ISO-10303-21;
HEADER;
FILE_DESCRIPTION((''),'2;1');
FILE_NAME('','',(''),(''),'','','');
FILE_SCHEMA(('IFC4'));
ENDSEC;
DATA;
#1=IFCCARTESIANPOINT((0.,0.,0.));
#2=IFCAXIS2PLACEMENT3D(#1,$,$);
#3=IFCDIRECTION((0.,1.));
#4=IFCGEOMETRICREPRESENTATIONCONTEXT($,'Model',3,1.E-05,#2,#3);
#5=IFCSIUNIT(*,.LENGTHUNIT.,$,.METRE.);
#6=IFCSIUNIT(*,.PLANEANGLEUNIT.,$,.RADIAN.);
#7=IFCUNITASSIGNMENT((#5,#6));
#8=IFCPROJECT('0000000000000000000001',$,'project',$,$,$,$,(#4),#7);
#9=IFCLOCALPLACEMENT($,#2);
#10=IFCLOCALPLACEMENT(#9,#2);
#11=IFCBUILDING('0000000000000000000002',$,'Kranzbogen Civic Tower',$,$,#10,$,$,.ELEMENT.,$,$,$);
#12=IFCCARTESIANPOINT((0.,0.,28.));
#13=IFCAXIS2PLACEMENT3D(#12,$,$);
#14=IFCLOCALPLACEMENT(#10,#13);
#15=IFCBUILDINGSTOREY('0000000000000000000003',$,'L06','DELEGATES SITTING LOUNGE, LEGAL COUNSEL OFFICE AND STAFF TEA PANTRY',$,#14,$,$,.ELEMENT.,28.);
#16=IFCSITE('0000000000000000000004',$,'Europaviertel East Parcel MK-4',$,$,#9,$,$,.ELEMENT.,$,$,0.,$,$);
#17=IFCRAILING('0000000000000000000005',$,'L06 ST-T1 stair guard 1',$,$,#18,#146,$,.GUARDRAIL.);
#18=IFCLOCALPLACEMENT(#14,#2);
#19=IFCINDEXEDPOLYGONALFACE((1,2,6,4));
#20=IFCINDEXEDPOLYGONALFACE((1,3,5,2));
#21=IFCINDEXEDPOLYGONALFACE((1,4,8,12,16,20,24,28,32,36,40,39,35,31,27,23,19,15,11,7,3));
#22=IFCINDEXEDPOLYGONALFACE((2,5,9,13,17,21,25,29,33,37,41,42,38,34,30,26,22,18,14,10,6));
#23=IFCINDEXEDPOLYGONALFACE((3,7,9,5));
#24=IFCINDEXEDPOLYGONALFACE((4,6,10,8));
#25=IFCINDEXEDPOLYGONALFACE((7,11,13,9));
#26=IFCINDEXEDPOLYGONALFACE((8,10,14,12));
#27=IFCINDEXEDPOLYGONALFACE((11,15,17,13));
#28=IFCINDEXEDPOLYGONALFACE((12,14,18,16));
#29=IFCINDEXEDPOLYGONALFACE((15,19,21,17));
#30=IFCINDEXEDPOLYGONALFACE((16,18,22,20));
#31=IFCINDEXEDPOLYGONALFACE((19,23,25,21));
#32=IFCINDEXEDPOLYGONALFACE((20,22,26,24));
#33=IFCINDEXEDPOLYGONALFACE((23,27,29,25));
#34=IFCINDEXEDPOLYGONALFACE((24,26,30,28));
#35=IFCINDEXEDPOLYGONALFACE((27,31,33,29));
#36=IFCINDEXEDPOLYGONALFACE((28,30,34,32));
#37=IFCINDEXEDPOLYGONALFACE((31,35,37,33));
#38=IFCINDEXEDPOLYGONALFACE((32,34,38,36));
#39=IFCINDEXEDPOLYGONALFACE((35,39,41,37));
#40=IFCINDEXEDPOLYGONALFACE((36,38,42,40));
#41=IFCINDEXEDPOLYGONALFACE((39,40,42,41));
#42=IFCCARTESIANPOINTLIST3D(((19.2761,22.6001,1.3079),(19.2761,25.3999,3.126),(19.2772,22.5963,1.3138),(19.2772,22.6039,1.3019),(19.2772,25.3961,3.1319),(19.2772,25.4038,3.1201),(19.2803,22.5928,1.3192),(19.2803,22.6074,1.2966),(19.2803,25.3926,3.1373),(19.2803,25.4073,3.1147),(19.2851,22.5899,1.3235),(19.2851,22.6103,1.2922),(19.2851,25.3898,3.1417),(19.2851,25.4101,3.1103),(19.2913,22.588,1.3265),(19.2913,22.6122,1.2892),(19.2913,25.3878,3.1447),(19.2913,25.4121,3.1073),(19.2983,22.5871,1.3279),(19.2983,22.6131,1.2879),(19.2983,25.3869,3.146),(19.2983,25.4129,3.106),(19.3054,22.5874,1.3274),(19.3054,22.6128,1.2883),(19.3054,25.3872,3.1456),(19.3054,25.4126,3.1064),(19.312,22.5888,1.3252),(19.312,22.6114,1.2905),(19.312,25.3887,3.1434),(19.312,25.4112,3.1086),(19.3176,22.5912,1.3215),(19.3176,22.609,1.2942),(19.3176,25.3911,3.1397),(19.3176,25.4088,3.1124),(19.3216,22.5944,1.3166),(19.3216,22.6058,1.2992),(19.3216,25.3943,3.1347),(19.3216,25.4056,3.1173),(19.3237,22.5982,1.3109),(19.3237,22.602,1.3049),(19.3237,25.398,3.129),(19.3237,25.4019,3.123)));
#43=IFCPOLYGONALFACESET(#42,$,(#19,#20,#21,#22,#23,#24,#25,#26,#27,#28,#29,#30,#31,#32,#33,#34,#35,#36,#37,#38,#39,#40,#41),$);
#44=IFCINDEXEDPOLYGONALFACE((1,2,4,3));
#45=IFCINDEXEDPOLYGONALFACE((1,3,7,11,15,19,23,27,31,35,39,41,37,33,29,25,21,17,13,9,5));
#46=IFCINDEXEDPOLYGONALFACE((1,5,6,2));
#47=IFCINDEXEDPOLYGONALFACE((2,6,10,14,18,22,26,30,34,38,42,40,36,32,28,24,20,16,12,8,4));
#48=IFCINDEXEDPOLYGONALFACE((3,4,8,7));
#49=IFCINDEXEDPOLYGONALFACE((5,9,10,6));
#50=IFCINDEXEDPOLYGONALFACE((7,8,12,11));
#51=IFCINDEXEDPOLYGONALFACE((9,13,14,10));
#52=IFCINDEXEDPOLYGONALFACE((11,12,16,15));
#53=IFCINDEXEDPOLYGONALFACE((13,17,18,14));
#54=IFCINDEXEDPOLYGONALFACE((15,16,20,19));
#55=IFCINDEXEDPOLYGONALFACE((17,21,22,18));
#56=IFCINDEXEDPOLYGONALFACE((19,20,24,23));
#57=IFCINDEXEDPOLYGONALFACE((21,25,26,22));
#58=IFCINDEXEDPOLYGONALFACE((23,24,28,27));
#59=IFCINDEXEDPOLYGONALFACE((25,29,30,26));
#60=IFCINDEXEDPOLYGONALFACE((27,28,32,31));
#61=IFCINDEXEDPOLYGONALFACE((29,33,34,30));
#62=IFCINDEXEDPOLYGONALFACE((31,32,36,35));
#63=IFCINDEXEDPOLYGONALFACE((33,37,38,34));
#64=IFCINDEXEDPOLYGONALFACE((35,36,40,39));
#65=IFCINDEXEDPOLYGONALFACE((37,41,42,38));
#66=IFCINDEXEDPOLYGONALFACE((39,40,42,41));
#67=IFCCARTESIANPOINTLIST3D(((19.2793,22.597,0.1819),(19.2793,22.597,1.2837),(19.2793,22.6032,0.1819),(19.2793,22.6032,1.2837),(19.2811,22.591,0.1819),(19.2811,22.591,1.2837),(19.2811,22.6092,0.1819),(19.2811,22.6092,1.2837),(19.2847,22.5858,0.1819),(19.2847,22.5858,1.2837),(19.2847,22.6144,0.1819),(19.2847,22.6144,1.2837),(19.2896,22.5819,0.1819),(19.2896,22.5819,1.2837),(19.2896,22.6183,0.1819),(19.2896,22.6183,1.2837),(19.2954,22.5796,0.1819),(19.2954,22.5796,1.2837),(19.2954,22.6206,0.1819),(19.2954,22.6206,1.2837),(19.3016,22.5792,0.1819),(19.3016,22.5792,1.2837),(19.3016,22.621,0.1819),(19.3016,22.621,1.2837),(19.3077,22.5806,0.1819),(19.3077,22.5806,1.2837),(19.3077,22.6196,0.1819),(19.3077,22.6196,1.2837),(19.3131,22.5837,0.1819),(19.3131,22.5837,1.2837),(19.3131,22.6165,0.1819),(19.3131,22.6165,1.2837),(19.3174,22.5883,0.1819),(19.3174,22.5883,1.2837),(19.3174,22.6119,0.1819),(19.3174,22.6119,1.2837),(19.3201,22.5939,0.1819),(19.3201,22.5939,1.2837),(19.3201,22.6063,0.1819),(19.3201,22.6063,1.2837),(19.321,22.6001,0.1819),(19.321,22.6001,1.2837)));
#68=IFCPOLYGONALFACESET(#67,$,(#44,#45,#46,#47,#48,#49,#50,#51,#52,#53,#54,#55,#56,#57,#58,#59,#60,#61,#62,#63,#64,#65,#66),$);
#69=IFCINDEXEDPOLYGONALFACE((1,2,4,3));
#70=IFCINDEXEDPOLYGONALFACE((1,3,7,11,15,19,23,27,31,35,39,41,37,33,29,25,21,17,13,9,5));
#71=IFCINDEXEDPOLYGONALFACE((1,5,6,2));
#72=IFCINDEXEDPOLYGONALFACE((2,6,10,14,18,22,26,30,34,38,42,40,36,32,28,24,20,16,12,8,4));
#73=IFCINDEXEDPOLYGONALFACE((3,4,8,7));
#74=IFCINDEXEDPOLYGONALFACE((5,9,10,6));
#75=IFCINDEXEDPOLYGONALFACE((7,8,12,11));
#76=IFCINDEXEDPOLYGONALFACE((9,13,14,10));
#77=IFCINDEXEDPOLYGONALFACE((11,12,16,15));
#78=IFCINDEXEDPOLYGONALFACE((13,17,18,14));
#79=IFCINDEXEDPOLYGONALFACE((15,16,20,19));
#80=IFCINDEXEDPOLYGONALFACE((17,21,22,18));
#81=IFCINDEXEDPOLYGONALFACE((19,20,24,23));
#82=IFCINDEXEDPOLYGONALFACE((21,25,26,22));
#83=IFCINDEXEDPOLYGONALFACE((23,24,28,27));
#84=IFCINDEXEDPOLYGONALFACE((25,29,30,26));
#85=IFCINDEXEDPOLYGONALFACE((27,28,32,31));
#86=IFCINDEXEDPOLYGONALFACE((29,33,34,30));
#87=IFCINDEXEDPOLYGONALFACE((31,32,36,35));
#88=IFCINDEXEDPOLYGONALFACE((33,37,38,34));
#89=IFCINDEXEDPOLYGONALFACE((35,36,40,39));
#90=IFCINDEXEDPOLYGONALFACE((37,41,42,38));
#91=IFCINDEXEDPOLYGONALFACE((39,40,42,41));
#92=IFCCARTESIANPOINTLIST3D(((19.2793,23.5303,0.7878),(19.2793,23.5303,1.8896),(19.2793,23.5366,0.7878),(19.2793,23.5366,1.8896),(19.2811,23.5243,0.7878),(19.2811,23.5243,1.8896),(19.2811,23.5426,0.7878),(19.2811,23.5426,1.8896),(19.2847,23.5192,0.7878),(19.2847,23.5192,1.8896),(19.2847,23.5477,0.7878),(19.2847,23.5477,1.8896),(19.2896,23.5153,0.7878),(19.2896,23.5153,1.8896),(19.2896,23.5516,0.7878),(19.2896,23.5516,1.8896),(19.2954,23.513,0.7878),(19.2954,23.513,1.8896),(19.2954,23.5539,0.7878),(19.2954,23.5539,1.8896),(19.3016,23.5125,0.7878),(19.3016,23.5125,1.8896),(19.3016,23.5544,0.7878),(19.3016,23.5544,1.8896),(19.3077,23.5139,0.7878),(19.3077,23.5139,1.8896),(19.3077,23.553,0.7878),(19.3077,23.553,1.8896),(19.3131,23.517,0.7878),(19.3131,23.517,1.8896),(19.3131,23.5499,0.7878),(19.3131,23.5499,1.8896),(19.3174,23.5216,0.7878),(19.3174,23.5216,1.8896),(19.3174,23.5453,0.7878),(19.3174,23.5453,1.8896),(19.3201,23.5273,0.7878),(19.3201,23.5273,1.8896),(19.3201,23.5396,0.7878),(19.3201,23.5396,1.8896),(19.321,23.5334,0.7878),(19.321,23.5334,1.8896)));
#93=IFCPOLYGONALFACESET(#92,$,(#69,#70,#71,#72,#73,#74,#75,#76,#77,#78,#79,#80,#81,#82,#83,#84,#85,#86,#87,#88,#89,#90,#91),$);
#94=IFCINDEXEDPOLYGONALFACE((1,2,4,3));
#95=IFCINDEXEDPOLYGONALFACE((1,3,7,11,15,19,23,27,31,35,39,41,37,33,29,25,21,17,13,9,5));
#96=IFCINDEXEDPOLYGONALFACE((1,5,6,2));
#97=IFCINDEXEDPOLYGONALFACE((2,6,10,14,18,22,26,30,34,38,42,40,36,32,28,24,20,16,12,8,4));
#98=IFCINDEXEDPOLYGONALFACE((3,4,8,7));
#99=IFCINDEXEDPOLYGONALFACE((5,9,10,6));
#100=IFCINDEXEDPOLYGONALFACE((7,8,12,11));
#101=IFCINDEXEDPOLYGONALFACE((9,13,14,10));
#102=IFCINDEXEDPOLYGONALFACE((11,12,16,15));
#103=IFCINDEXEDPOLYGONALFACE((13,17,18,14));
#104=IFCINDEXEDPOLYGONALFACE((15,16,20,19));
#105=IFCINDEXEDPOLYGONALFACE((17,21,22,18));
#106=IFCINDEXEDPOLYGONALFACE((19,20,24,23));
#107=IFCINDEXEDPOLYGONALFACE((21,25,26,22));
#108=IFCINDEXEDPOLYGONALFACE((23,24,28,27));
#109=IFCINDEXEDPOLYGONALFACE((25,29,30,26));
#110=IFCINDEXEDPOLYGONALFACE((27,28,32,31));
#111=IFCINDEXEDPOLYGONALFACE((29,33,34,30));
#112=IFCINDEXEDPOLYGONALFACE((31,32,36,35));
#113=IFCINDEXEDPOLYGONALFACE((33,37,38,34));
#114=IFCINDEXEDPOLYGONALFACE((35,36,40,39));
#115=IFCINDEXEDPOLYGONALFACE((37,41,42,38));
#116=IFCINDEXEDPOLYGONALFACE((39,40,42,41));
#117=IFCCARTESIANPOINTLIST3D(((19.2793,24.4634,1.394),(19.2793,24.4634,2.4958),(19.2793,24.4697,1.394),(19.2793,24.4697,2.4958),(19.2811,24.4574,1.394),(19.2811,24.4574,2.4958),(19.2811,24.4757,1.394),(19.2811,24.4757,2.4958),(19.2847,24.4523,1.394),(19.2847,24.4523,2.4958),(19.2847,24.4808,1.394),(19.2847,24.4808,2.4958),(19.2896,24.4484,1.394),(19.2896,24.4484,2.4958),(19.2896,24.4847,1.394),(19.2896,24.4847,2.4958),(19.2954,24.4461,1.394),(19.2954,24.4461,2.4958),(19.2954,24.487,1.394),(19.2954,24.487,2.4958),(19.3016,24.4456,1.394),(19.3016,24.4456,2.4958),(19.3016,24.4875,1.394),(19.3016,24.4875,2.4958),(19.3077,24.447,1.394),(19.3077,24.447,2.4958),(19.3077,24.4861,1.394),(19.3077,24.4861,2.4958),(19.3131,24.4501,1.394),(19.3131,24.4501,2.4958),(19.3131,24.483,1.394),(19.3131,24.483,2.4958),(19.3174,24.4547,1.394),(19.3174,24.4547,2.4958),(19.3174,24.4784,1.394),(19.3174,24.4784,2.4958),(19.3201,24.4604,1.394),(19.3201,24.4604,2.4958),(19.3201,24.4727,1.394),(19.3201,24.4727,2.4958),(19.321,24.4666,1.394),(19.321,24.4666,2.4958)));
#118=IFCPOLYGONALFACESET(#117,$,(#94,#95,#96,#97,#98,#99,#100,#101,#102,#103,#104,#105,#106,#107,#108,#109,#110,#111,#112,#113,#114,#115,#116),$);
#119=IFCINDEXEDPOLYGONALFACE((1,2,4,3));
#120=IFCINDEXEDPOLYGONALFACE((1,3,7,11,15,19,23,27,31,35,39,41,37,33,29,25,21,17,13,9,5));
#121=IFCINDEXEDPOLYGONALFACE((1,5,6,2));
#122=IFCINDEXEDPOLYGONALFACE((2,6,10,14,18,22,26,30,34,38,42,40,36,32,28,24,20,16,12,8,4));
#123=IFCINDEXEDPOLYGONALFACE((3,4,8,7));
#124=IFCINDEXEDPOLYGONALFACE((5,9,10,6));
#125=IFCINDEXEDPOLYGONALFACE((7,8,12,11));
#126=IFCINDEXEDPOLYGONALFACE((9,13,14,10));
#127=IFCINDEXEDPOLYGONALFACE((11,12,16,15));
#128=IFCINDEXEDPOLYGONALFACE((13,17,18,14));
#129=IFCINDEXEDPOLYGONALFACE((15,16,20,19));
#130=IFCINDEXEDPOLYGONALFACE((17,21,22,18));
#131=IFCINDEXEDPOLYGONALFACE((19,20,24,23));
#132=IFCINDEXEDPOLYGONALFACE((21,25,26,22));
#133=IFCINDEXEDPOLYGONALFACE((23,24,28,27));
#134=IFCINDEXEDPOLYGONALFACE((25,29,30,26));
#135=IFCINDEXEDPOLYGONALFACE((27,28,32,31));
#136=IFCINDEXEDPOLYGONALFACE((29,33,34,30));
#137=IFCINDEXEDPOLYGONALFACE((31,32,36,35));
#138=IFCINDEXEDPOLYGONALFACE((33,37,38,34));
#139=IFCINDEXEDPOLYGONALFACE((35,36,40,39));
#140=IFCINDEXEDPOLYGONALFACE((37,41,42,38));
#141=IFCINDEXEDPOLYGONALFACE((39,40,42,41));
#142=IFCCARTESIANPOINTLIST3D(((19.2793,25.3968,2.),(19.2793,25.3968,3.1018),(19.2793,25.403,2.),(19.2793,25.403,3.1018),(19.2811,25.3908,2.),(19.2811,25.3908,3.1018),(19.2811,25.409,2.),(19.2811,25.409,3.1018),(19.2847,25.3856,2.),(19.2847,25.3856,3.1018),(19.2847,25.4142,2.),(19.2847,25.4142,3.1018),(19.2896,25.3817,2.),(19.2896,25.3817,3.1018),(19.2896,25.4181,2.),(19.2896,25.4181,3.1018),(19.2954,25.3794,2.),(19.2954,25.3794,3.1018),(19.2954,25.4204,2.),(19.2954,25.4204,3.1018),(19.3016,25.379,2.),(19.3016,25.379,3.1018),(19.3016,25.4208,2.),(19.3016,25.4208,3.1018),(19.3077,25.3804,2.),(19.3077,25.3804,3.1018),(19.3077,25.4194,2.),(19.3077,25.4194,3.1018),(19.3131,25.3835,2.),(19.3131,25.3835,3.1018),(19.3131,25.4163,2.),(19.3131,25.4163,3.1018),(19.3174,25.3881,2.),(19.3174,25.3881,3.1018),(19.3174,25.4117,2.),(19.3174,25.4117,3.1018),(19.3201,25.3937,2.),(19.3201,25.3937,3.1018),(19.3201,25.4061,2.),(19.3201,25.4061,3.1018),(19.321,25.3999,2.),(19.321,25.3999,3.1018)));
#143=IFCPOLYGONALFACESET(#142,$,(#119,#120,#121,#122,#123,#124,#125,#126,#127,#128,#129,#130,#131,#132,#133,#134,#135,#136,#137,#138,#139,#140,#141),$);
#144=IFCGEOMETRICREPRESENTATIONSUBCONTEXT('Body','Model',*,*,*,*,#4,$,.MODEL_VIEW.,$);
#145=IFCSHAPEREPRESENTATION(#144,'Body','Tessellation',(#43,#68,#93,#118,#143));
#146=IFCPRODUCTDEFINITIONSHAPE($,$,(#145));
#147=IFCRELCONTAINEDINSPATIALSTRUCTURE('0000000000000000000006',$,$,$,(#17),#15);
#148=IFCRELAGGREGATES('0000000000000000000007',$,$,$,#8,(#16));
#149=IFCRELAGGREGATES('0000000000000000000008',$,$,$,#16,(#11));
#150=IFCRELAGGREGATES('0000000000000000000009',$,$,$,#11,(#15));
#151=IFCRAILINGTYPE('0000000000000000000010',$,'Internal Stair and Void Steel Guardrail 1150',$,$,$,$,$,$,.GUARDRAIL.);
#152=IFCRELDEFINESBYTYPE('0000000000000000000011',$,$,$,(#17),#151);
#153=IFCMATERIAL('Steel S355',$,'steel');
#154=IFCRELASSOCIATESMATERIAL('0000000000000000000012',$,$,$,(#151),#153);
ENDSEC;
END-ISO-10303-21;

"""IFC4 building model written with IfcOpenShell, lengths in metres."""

from ifc_helpers import new_model, si_unit, direction, frame, origin, origin_2d, place, context, subcontext, project, spatial, circle, extrude, material, type_object, element, save


model = new_model("IFC4")

# Units and contexts
model_context = context("Model", 3, precision=1e-05, world=origin(), true_north=direction((0.0, 1.0)))
body_context = subcontext(model_context, "Body", "Model", "MODEL_VIEW")
ifc_project = project(units=[si_unit("LENGTHUNIT", "METRE"), si_unit("PLANEANGLEUNIT", "RADIAN")], contexts=[model_context])

# Site, building, storey
site_placement = place(None, origin())
site = spatial("IfcSite", under=ifc_project, at=site_placement, Name="Europaviertel East Parcel MK-4", CompositionType="ELEMENT", RefElevation=0.0)
building_placement = place(site_placement, origin())
building = spatial("IfcBuilding", under=site, at=building_placement, Name="Kranzbogen Civic Tower", CompositionType="ELEMENT")
storey_placement = place(building_placement, frame((0.0, 0.0, 28.0)))
storey = spatial("IfcBuildingStorey", under=building, at=storey_placement, Name="L06", Description="DELEGATES SITTING LOUNGE, LEGAL COUNSEL OFFICE AND STAFF TEA PANTRY", CompositionType="ELEMENT", Elevation=28.0)

# Shared definitions
ifc_material_1 = material(Name="Steel S355", Category="steel")

# Railing
railing_type_1 = type_object("IfcRailingType", Name="Internal Stair and Void Steel Guardrail 1150", PredefinedType="GUARDRAIL", material=ifc_material_1)
railing_1_placement = place(storey_placement, frame((19.3, 22.6001, 0.1819)))
element("IfcRailing", 1, at=railing_1_placement, inside=storey, type_object=railing_type_1, Name="L06 ST-T1 stair guard 1", PredefinedType="GUARDRAIL", context=body_context, shape_type="SweptSolid", body=[
    extrude(circle(Radius=0.0239, at=origin_2d()), frame((0.0, 0.0, 1.126), z_axis=(0.0, 0.838684, 0.544618), x_axis=(-1.0, 0.0, 0.0)), (0.0, 0.0, 1.0), 3.3384),
    extrude(circle(Radius=0.021, at=origin_2d()), origin(), (0.0, 0.0, 1.0), 1.1018),
    extrude(circle(Radius=0.021, at=origin_2d()), frame((0.0, 0.9333, 0.606)), (0.0, 0.0, 1.0), 1.1018),
    extrude(circle(Radius=0.021, at=origin_2d()), frame((0.0, 1.8665, 1.2122)), (0.0, 0.0, 1.0), 1.1018),
    extrude(circle(Radius=0.021, at=origin_2d()), frame((0.0, 2.7998, 1.8181)), (0.0, 0.0, 1.0), 1.1018),
])

save(model, "model.ifc")
